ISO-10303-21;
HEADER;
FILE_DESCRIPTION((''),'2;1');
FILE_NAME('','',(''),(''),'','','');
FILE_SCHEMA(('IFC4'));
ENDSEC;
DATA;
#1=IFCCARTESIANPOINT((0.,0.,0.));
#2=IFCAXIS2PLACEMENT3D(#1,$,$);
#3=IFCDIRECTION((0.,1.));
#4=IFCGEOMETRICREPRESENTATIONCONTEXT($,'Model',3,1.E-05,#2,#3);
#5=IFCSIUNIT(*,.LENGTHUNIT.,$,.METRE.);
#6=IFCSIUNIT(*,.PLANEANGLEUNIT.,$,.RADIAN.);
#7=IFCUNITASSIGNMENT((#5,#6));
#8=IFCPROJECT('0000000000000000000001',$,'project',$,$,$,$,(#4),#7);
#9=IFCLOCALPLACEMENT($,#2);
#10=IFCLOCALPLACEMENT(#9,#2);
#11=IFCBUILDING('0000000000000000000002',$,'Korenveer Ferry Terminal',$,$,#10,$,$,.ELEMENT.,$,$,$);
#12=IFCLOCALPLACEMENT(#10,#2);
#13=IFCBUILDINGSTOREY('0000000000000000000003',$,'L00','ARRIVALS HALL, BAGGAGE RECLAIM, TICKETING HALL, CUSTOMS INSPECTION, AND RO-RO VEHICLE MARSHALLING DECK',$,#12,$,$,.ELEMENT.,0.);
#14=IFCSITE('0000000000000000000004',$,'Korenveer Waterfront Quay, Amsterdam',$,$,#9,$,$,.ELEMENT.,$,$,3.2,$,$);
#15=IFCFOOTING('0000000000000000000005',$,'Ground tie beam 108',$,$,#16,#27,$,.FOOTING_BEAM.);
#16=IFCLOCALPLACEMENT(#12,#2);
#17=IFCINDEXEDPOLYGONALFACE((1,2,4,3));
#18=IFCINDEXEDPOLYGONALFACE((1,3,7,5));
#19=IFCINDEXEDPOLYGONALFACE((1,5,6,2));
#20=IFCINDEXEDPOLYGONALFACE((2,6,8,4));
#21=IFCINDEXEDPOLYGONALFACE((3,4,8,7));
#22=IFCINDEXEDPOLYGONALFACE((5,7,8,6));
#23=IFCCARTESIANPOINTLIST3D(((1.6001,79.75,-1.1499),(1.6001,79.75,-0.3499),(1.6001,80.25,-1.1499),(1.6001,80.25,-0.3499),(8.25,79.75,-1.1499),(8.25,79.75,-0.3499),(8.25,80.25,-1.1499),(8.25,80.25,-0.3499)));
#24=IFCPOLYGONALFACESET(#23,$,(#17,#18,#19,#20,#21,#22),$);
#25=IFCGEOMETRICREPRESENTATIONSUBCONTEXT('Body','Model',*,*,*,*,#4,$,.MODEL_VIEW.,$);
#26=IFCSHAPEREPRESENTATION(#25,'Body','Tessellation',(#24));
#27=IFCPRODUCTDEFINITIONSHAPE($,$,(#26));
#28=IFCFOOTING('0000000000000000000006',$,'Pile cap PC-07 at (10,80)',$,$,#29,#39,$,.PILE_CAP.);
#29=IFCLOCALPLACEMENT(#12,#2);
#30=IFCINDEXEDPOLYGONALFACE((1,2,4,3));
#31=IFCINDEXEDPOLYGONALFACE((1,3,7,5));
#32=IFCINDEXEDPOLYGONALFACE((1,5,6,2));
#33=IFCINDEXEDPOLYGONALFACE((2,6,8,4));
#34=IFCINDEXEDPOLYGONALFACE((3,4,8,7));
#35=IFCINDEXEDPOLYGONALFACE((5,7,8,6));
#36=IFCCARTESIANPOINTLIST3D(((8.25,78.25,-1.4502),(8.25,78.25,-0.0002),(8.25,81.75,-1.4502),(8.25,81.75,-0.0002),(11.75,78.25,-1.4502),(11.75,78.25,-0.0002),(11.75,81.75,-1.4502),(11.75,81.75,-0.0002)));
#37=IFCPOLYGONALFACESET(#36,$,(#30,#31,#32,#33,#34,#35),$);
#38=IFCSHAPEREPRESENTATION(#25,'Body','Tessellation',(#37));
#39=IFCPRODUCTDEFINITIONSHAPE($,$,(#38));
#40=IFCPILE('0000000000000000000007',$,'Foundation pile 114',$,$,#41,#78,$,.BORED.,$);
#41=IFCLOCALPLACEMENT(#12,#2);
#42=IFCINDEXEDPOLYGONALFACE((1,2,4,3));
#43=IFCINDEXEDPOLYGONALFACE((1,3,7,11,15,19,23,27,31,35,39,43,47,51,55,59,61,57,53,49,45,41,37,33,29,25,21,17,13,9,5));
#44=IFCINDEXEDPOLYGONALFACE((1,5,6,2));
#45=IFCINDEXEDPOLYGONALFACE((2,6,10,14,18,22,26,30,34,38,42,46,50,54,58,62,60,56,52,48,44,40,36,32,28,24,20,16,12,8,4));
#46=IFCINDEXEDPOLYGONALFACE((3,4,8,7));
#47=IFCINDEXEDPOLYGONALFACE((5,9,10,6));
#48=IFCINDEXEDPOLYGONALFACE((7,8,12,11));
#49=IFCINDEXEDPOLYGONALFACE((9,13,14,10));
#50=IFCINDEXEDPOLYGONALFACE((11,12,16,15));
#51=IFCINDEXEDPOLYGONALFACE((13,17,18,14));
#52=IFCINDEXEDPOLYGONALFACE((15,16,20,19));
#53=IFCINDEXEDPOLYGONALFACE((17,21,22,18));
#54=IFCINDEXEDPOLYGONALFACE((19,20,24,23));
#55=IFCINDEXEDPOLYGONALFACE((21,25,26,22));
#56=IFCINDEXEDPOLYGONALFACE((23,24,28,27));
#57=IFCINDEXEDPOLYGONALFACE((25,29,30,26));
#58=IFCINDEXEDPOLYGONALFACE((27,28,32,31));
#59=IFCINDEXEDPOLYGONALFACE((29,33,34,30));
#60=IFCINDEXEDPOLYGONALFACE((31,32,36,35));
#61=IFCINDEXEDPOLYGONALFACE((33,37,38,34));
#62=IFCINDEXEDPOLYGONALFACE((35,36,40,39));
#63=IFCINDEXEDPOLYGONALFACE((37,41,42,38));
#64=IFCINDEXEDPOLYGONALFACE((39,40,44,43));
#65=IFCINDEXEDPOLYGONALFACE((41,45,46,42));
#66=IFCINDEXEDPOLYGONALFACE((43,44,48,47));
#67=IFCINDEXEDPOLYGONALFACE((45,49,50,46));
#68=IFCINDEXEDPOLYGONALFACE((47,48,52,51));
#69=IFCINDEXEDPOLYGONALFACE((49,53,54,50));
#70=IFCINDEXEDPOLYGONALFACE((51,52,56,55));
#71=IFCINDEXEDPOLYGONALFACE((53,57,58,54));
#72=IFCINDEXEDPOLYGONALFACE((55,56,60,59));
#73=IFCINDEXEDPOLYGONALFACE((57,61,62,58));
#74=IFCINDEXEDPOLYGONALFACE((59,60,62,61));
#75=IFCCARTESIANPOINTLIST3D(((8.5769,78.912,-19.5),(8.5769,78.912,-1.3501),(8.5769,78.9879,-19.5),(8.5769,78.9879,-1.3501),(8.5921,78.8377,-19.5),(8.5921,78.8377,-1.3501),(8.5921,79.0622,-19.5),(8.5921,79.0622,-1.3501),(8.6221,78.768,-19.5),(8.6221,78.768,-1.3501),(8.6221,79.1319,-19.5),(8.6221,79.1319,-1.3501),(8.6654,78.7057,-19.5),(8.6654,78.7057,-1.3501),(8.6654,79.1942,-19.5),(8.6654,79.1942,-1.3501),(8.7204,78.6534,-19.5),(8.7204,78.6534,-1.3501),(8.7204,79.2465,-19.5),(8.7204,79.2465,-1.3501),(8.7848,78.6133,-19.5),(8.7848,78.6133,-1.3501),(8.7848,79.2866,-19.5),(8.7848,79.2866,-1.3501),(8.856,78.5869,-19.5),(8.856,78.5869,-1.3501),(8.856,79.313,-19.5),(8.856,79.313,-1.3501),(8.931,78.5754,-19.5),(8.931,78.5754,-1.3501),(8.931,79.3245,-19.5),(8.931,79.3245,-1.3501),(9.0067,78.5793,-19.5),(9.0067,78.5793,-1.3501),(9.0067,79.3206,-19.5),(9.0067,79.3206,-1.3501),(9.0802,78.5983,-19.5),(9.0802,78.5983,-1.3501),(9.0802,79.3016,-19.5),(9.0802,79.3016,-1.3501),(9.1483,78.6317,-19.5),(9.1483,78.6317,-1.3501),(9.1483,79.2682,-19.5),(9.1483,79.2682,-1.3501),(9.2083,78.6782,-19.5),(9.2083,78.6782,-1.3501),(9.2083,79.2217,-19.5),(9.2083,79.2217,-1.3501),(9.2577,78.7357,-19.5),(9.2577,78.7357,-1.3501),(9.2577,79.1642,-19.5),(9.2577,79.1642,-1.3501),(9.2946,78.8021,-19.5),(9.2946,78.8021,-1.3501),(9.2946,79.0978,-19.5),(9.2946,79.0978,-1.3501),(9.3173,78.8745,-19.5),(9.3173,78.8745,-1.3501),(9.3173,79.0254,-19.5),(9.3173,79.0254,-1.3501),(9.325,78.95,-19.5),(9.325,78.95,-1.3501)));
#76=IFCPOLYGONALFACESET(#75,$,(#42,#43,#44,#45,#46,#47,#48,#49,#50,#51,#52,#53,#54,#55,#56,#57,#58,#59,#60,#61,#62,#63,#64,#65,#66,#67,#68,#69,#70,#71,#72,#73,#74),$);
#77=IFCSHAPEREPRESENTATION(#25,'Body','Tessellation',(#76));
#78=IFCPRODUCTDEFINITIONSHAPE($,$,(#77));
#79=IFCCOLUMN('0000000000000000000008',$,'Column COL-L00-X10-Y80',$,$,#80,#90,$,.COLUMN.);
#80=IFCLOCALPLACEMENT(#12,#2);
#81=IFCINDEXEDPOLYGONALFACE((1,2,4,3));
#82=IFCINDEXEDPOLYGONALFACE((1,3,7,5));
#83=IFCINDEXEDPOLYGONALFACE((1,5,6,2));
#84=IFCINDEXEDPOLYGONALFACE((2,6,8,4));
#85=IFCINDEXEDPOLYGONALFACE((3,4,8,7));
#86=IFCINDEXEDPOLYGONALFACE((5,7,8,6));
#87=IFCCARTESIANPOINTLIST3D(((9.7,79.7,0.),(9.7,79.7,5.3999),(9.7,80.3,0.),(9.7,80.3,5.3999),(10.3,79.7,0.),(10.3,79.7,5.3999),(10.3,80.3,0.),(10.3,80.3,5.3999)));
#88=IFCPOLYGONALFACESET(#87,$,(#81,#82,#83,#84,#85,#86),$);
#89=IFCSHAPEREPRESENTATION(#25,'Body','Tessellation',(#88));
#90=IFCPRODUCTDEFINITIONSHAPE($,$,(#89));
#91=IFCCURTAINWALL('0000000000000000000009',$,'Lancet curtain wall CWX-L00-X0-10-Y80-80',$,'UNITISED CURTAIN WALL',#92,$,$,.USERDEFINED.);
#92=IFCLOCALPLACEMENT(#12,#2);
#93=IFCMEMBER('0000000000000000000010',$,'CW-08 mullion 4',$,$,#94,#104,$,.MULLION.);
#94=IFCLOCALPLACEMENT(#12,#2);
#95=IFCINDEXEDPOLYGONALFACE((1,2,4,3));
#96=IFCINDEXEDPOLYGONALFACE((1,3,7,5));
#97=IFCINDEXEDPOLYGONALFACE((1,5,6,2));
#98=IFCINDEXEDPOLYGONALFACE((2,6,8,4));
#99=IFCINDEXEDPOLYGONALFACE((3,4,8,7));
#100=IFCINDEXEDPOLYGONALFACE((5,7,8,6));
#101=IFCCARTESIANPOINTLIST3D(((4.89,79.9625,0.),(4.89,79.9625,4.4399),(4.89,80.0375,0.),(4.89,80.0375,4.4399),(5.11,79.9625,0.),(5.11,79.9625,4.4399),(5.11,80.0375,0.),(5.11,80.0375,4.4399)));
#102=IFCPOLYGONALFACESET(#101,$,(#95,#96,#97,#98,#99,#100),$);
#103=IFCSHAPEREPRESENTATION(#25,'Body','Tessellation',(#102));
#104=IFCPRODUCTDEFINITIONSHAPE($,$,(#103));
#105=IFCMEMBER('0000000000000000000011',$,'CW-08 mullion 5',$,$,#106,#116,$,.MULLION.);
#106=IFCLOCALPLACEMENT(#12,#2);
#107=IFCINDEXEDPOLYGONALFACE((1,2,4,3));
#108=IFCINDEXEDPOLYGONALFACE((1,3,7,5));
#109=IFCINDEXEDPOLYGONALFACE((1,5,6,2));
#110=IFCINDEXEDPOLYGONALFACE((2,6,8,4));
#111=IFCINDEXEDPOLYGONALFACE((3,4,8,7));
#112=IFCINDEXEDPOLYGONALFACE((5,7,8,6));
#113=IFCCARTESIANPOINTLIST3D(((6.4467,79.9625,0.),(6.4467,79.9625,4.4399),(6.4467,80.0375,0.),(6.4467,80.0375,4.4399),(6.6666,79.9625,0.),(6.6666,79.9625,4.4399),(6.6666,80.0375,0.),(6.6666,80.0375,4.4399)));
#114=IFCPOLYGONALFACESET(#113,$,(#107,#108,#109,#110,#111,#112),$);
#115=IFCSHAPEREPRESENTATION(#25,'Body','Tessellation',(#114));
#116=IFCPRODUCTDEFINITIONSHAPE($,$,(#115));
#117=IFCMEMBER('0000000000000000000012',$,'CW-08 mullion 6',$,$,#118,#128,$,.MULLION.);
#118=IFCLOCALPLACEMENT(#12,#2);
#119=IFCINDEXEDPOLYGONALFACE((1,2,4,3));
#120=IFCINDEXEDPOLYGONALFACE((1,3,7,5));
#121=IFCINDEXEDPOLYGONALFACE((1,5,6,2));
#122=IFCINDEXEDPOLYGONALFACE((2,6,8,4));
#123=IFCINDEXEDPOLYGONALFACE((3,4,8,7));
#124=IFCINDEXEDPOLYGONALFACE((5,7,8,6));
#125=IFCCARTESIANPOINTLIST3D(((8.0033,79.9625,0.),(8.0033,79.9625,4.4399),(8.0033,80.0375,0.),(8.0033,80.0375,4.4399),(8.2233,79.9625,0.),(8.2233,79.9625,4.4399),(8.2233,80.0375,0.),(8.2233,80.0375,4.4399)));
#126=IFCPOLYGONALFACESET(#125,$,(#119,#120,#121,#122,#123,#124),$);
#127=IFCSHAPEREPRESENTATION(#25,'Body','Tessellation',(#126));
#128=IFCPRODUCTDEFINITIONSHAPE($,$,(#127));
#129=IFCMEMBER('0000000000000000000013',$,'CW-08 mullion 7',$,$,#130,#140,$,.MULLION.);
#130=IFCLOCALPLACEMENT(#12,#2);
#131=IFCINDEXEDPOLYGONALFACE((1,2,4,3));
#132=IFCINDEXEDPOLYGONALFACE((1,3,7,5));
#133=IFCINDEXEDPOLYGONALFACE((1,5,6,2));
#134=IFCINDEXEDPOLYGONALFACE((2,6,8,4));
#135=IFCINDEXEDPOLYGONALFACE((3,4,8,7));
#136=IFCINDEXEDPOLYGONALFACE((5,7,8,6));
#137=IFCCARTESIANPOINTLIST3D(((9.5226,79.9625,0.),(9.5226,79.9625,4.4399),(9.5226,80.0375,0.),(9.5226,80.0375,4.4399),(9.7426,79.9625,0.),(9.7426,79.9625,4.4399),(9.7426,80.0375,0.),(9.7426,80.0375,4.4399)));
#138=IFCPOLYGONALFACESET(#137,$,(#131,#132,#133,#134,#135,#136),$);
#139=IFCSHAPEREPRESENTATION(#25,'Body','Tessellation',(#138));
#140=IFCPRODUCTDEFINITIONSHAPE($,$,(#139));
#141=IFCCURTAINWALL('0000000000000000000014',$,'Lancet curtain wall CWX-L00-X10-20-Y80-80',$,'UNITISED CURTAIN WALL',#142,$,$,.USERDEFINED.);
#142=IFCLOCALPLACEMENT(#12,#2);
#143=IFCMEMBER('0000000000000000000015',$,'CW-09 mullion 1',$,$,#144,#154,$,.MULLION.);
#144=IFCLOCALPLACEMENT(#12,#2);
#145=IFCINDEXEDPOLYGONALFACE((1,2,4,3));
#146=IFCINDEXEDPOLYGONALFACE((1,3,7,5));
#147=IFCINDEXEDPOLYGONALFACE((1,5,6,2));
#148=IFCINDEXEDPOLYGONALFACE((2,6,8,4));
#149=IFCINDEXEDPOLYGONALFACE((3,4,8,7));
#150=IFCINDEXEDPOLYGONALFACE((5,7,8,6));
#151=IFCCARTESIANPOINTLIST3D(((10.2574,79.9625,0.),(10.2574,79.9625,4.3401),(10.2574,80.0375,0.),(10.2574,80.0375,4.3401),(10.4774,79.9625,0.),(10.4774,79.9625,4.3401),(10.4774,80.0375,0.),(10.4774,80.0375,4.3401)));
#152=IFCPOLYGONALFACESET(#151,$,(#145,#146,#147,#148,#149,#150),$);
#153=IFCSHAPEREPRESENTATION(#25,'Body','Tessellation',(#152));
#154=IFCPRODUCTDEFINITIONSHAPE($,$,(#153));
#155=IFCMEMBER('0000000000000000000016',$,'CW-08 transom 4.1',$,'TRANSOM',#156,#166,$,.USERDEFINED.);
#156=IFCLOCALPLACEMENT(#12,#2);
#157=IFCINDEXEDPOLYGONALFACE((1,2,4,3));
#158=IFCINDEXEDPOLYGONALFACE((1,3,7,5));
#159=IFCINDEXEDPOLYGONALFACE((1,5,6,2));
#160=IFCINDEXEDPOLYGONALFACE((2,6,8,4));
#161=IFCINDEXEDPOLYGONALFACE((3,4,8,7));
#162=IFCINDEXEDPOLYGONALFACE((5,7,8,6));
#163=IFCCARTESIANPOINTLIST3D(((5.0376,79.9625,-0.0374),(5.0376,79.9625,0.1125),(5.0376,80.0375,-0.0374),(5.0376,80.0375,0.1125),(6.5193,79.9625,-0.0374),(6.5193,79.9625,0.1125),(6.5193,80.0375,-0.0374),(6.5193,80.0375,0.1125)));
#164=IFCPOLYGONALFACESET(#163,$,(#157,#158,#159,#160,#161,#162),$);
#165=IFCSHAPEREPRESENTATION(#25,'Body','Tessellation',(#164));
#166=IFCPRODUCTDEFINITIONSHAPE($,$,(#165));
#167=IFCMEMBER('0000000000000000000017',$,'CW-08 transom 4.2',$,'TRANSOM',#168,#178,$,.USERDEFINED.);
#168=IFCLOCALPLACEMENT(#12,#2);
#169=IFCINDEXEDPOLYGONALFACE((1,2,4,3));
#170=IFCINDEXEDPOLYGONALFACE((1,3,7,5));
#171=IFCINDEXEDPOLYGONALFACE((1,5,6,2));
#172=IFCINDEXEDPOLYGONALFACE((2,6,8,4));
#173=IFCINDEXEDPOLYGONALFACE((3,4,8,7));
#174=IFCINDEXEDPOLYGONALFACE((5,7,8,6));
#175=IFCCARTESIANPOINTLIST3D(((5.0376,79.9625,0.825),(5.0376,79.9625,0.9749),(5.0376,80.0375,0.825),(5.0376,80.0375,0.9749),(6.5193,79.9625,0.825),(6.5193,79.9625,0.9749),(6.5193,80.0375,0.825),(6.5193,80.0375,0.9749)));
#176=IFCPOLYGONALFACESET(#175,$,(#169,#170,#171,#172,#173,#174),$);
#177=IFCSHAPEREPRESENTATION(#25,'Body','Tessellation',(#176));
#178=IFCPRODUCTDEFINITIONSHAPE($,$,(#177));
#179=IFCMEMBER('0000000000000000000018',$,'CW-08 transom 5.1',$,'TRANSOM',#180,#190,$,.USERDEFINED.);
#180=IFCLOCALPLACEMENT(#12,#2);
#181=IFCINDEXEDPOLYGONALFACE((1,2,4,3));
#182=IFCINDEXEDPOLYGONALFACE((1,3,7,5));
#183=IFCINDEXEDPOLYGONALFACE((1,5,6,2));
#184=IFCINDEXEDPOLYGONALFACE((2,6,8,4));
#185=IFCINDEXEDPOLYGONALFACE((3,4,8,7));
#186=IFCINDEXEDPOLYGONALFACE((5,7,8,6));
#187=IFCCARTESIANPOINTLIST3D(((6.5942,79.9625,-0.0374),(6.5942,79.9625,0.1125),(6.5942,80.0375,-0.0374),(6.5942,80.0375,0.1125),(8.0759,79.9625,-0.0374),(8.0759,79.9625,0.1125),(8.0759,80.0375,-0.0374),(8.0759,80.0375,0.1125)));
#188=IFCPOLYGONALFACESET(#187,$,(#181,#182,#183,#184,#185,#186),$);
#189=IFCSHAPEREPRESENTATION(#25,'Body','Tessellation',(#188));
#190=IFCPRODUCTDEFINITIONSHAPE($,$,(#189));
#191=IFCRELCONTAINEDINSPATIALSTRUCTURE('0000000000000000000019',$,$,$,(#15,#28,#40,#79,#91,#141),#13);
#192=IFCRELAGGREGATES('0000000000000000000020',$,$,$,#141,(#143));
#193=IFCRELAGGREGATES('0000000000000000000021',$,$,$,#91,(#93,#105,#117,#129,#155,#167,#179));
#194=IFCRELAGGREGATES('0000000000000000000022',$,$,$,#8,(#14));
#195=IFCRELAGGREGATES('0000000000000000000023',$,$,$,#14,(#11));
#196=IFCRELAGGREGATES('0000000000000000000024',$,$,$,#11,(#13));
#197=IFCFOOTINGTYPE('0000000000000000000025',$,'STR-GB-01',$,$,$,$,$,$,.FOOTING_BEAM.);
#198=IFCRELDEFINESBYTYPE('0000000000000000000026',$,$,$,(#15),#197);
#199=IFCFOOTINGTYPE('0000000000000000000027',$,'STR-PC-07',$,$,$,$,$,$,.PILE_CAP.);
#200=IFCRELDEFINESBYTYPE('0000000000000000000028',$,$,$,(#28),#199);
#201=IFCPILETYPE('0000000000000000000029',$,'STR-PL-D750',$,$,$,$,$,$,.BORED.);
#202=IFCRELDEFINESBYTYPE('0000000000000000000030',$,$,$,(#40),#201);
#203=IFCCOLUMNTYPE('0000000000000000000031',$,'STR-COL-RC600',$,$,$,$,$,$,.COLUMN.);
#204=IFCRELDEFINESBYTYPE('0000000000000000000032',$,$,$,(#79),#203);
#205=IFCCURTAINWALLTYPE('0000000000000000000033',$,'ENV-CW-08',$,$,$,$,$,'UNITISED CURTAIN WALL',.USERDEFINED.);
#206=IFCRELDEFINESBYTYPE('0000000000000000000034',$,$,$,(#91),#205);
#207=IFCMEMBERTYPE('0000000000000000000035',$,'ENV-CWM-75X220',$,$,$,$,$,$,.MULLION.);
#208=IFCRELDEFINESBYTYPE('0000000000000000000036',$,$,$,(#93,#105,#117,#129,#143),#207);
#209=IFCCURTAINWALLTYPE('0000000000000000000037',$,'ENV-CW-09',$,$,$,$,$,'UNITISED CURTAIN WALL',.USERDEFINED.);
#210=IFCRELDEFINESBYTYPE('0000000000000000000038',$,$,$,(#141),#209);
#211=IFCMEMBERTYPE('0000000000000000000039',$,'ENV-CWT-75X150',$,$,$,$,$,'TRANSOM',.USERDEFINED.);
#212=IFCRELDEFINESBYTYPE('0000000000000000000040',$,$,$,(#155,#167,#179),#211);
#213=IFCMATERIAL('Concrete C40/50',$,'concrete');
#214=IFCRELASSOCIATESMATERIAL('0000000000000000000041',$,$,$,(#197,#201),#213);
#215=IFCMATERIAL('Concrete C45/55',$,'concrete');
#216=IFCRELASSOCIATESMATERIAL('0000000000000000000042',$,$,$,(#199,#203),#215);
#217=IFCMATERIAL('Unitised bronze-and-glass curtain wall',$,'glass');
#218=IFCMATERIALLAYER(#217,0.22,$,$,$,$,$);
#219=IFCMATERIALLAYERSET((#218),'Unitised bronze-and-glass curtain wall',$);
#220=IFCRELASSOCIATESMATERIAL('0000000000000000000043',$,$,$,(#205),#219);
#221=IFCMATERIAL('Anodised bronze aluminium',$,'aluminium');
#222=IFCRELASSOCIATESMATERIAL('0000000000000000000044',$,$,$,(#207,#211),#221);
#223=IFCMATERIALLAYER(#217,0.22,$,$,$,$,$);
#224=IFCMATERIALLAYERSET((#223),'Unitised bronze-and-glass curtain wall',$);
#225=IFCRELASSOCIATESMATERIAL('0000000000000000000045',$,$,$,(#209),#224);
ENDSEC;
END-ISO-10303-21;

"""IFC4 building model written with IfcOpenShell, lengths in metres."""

from ifc_helpers import new_model, si_unit, direction, frame, origin, origin_2d, place, context, subcontext, project, spatial, rectangle, circle, extrude, material, layer, layer_set, material_profile, profile_set, type_object, element, aggregate, save


model = new_model("IFC4")

# Units and contexts
model_context = context("Model", 3, precision=1e-05, world=origin(), true_north=direction((0.0, 1.0)))
body_context = subcontext(model_context, "Body", "Model", "MODEL_VIEW")
ifc_project = project(units=[si_unit("LENGTHUNIT", "METRE"), si_unit("PLANEANGLEUNIT", "RADIAN")], contexts=[model_context])

# Site, building, storey
site_placement = place(None, origin())
site = spatial("IfcSite", under=ifc_project, at=site_placement, Name="Korenveer Waterfront Quay, Amsterdam", CompositionType="ELEMENT", RefElevation=3.2)
building_placement = place(site_placement, origin())
building = spatial("IfcBuilding", under=site, at=building_placement, Name="Korenveer Ferry Terminal", CompositionType="ELEMENT")
storey_placement = place(building_placement, origin())
storey = spatial("IfcBuildingStorey", under=building, at=storey_placement, Name="L00", Description="ARRIVALS HALL, BAGGAGE RECLAIM, TICKETING HALL, CUSTOMS INSPECTION, AND RO-RO VEHICLE MARSHALLING DECK", CompositionType="ELEMENT", Elevation=0.0)

# Footings
ifc_material_1 = material(Name="Concrete C40/50", Category="concrete")
footing_type_1 = type_object("IfcFootingType", Name="STR-GB-01", PredefinedType="FOOTING_BEAM", material=ifc_material_1)
footing_1_placement = place(storey_placement, frame((4.925, 80.0, -1.1499), z_axis=(0.0, 0.0, 1.0), x_axis=(1.0, 0.0, 0.0)))
element("IfcFooting", 1, at=footing_1_placement, inside=storey, type_object=footing_type_1, Name="Ground tie beam 108", PredefinedType="FOOTING_BEAM", context=body_context, shape_type="SweptSolid", body=[
    extrude(rectangle(XDim=6.6499, YDim=0.5, at=origin_2d()), origin(), (0.0, 0.0, 1.0), 0.8),
])
ifc_material_2 = material(Name="Concrete C45/55", Category="concrete")
footing_type_2 = type_object("IfcFootingType", Name="STR-PC-07", PredefinedType="PILE_CAP", material=ifc_material_2)
footing_2_placement = place(storey_placement, frame((10.0, 80.0, -1.4502), z_axis=(0.0, 0.0, 1.0), x_axis=(1.0, 0.0, 0.0)))
element("IfcFooting", 2, at=footing_2_placement, inside=storey, type_object=footing_type_2, Name="Pile cap PC-07 at (10,80)", PredefinedType="PILE_CAP", context=body_context, shape_type="SweptSolid", body=[
    extrude(rectangle(XDim=3.5, YDim=3.5, at=origin_2d()), origin(), (0.0, 0.0, 1.0), 1.45),
])

# Pile
ifc_material_profile_1 = material_profile(ifc_material_1, circle(Radius=0.375, at=origin_2d()), Name="PILE D750")
ifc_profile_set_1 = profile_set([ifc_material_profile_1], Name="Concrete C40/50")
pile_type = type_object("IfcPileType", Name="STR-PL-D750", PredefinedType="BORED", material=ifc_profile_set_1)
pile_placement = place(storey_placement, frame((8.95, 78.95, -1.3501), z_axis=(0.0, 0.0, -1.0), x_axis=(1.0, 0.0, 0.0)))
element("IfcPile", 3, at=pile_placement, inside=storey, type_object=pile_type, Name="Foundation pile 114", PredefinedType="BORED", context=body_context, shape_type="SweptSolid", body=[
    extrude(circle(Radius=0.375, at=origin_2d()), origin(), (0.0, 0.0, 1.0), 18.1499),
])

# Column
ifc_material_profile_2 = material_profile(ifc_material_2, rectangle(XDim=0.6001, YDim=0.6001, at=origin_2d()), Name="RC 600x600")
ifc_profile_set_2 = profile_set([ifc_material_profile_2], Name="Concrete C45/55")
column_type = type_object("IfcColumnType", Name="STR-COL-RC600", PredefinedType="COLUMN", material=ifc_profile_set_2)
column_placement = place(storey_placement, frame((10.0, 80.0, 0.0), z_axis=(0.0, 0.0, 1.0), x_axis=(1.0, 0.0, 0.0)))
element("IfcColumn", 4, at=column_placement, inside=storey, type_object=column_type, Name="Column COL-L00-X10-Y80", PredefinedType="COLUMN", context=body_context, shape_type="SweptSolid", body=[
    extrude(rectangle(XDim=0.6001, YDim=0.6001, at=origin_2d()), origin(), (0.0, 0.0, 1.0), 5.3999),
])

# Curtain wall, members
ifc_material_3 = material(Name="Unitised bronze-and-glass curtain wall", Category="glass")
ifc_layer_1 = layer(ifc_material_3, 0.22)
ifc_layer_set_1 = layer_set([ifc_layer_1], Name="Unitised bronze-and-glass curtain wall")
curtain_wall_type_1 = type_object("IfcCurtainWallType", Name="ENV-CW-08", ElementType="UNITISED CURTAIN WALL", PredefinedType="USERDEFINED", material=ifc_layer_set_1)
curtain_wall_1_placement = place(storey_placement, frame((0.3301, 80.0, 0.0)))
curtain_wall_1 = element("IfcCurtainWall", 5, at=curtain_wall_1_placement, inside=storey, type_object=curtain_wall_type_1, Name="Lancet curtain wall CWX-L00-X0-10-Y80-80", ObjectType="UNITISED CURTAIN WALL", PredefinedType="USERDEFINED")
ifc_material_4 = material(Name="Anodised bronze aluminium", Category="aluminium")
ifc_material_profile_3 = material_profile(ifc_material_4, rectangle(XDim=0.075, YDim=0.22, at=origin_2d()), Name="ALU 75x220")
ifc_profile_set_3 = profile_set([ifc_material_profile_3], Name="Anodised bronze aluminium")
member_type_1 = type_object("IfcMemberType", Name="ENV-CWM-75X220", PredefinedType="MULLION", material=ifc_profile_set_3)
member_1_placement = place(storey_placement, frame((5.0, 80.0, 0.0), z_axis=(0.0, 0.0, 1.0), x_axis=(0.0, 1.0, 0.0)))
member_1 = element("IfcMember", 6, at=member_1_placement, type_object=member_type_1, Name="CW-08 mullion 4", PredefinedType="MULLION", context=body_context, shape_type="SweptSolid", body=[
    extrude(rectangle(XDim=0.075, YDim=0.22, at=origin_2d()), origin(), (0.0, 0.0, 1.0), 4.4399),
])
member_2_placement = place(storey_placement, frame((6.5566, 80.0, 0.0), z_axis=(0.0, 0.0, 1.0), x_axis=(0.0, 1.0, 0.0)))
member_2 = element("IfcMember", 7, at=member_2_placement, type_object=member_type_1, Name="CW-08 mullion 5", PredefinedType="MULLION", context=body_context, shape_type="SweptSolid", body=[
    extrude(rectangle(XDim=0.075, YDim=0.22, at=origin_2d()), origin(), (0.0, 0.0, 1.0), 4.4399),
])
member_3_placement = place(storey_placement, frame((8.1133, 80.0, 0.0), z_axis=(0.0, 0.0, 1.0), x_axis=(0.0, 1.0, 0.0)))
member_3 = element("IfcMember", 8, at=member_3_placement, type_object=member_type_1, Name="CW-08 mullion 6", PredefinedType="MULLION", context=body_context, shape_type="SweptSolid", body=[
    extrude(rectangle(XDim=0.075, YDim=0.22, at=origin_2d()), origin(), (0.0, 0.0, 1.0), 4.4399),
])
member_4_placement = place(storey_placement, frame((9.6326, 80.0, 0.0), z_axis=(0.0, 0.0, 1.0), x_axis=(0.0, 1.0, 0.0)))
member_4 = element("IfcMember", 9, at=member_4_placement, type_object=member_type_1, Name="CW-08 mullion 7", PredefinedType="MULLION", context=body_context, shape_type="SweptSolid", body=[
    extrude(rectangle(XDim=0.075, YDim=0.22, at=origin_2d()), origin(), (0.0, 0.0, 1.0), 4.4399),
])

# Curtain wall, member
ifc_layer_2 = layer(ifc_material_3, 0.22)
ifc_layer_set_2 = layer_set([ifc_layer_2], Name="Unitised bronze-and-glass curtain wall")
curtain_wall_type_2 = type_object("IfcCurtainWallType", Name="ENV-CW-09", ElementType="UNITISED CURTAIN WALL", PredefinedType="USERDEFINED", material=ifc_layer_set_2)
curtain_wall_2_placement = place(storey_placement, frame((10.3301, 80.0, 0.0)))
curtain_wall_2 = element("IfcCurtainWall", 10, at=curtain_wall_2_placement, inside=storey, type_object=curtain_wall_type_2, Name="Lancet curtain wall CWX-L00-X10-20-Y80-80", ObjectType="UNITISED CURTAIN WALL", PredefinedType="USERDEFINED")
member_5_placement = place(storey_placement, frame((10.3674, 80.0, 0.0), z_axis=(0.0, 0.0, 1.0), x_axis=(0.0, 1.0, 0.0)))
member_5 = element("IfcMember", 11, at=member_5_placement, type_object=member_type_1, Name="CW-09 mullion 1", PredefinedType="MULLION", context=body_context, shape_type="SweptSolid", body=[
    extrude(rectangle(XDim=0.075, YDim=0.22, at=origin_2d()), origin(), (0.0, 0.0, 1.0), 4.3401),
])

# Members
ifc_material_profile_4 = material_profile(ifc_material_4, rectangle(XDim=0.075, YDim=0.1499, at=origin_2d()), Name="ALU 75x150")
ifc_profile_set_4 = profile_set([ifc_material_profile_4], Name="Anodised bronze aluminium")
member_type_2 = type_object("IfcMemberType", Name="ENV-CWT-75X150", ElementType="TRANSOM", PredefinedType="USERDEFINED", material=ifc_profile_set_4)
member_6_placement = place(storey_placement, frame((5.0376, 80.0, 0.0376), z_axis=(1.0, 0.0, 0.0), x_axis=(0.0, 1.0, 0.0)))
member_6 = element("IfcMember", 12, at=member_6_placement, type_object=member_type_2, Name="CW-08 transom 4.1", ObjectType="TRANSOM", PredefinedType="USERDEFINED", context=body_context, shape_type="SweptSolid", body=[
    extrude(rectangle(XDim=0.075, YDim=0.1499, at=origin_2d()), origin(), (0.0, 0.0, 1.0), 1.4817),
])
member_7_placement = place(storey_placement, frame((5.0376, 80.0, 0.8999), z_axis=(1.0, 0.0, 0.0), x_axis=(0.0, 1.0, 0.0)))
member_7 = element("IfcMember", 13, at=member_7_placement, type_object=member_type_2, Name="CW-08 transom 4.2", ObjectType="TRANSOM", PredefinedType="USERDEFINED", context=body_context, shape_type="SweptSolid", body=[
    extrude(rectangle(XDim=0.075, YDim=0.1499, at=origin_2d()), origin(), (0.0, 0.0, 1.0), 1.4817),
])
member_8_placement = place(storey_placement, frame((6.5942, 80.0, 0.0376), z_axis=(1.0, 0.0, 0.0), x_axis=(0.0, 1.0, 0.0)))
member_8 = element("IfcMember", 14, at=member_8_placement, type_object=member_type_2, Name="CW-08 transom 5.1", ObjectType="TRANSOM", PredefinedType="USERDEFINED", context=body_context, shape_type="SweptSolid", body=[
    extrude(rectangle(XDim=0.075, YDim=0.1499, at=origin_2d()), origin(), (0.0, 0.0, 1.0), 1.4817),
])
aggregate(curtain_wall_2, [member_5])

aggregate(curtain_wall_1, [member_1, member_2, member_3, member_4, member_6, member_7, member_8])

save(model, "model.ifc")
